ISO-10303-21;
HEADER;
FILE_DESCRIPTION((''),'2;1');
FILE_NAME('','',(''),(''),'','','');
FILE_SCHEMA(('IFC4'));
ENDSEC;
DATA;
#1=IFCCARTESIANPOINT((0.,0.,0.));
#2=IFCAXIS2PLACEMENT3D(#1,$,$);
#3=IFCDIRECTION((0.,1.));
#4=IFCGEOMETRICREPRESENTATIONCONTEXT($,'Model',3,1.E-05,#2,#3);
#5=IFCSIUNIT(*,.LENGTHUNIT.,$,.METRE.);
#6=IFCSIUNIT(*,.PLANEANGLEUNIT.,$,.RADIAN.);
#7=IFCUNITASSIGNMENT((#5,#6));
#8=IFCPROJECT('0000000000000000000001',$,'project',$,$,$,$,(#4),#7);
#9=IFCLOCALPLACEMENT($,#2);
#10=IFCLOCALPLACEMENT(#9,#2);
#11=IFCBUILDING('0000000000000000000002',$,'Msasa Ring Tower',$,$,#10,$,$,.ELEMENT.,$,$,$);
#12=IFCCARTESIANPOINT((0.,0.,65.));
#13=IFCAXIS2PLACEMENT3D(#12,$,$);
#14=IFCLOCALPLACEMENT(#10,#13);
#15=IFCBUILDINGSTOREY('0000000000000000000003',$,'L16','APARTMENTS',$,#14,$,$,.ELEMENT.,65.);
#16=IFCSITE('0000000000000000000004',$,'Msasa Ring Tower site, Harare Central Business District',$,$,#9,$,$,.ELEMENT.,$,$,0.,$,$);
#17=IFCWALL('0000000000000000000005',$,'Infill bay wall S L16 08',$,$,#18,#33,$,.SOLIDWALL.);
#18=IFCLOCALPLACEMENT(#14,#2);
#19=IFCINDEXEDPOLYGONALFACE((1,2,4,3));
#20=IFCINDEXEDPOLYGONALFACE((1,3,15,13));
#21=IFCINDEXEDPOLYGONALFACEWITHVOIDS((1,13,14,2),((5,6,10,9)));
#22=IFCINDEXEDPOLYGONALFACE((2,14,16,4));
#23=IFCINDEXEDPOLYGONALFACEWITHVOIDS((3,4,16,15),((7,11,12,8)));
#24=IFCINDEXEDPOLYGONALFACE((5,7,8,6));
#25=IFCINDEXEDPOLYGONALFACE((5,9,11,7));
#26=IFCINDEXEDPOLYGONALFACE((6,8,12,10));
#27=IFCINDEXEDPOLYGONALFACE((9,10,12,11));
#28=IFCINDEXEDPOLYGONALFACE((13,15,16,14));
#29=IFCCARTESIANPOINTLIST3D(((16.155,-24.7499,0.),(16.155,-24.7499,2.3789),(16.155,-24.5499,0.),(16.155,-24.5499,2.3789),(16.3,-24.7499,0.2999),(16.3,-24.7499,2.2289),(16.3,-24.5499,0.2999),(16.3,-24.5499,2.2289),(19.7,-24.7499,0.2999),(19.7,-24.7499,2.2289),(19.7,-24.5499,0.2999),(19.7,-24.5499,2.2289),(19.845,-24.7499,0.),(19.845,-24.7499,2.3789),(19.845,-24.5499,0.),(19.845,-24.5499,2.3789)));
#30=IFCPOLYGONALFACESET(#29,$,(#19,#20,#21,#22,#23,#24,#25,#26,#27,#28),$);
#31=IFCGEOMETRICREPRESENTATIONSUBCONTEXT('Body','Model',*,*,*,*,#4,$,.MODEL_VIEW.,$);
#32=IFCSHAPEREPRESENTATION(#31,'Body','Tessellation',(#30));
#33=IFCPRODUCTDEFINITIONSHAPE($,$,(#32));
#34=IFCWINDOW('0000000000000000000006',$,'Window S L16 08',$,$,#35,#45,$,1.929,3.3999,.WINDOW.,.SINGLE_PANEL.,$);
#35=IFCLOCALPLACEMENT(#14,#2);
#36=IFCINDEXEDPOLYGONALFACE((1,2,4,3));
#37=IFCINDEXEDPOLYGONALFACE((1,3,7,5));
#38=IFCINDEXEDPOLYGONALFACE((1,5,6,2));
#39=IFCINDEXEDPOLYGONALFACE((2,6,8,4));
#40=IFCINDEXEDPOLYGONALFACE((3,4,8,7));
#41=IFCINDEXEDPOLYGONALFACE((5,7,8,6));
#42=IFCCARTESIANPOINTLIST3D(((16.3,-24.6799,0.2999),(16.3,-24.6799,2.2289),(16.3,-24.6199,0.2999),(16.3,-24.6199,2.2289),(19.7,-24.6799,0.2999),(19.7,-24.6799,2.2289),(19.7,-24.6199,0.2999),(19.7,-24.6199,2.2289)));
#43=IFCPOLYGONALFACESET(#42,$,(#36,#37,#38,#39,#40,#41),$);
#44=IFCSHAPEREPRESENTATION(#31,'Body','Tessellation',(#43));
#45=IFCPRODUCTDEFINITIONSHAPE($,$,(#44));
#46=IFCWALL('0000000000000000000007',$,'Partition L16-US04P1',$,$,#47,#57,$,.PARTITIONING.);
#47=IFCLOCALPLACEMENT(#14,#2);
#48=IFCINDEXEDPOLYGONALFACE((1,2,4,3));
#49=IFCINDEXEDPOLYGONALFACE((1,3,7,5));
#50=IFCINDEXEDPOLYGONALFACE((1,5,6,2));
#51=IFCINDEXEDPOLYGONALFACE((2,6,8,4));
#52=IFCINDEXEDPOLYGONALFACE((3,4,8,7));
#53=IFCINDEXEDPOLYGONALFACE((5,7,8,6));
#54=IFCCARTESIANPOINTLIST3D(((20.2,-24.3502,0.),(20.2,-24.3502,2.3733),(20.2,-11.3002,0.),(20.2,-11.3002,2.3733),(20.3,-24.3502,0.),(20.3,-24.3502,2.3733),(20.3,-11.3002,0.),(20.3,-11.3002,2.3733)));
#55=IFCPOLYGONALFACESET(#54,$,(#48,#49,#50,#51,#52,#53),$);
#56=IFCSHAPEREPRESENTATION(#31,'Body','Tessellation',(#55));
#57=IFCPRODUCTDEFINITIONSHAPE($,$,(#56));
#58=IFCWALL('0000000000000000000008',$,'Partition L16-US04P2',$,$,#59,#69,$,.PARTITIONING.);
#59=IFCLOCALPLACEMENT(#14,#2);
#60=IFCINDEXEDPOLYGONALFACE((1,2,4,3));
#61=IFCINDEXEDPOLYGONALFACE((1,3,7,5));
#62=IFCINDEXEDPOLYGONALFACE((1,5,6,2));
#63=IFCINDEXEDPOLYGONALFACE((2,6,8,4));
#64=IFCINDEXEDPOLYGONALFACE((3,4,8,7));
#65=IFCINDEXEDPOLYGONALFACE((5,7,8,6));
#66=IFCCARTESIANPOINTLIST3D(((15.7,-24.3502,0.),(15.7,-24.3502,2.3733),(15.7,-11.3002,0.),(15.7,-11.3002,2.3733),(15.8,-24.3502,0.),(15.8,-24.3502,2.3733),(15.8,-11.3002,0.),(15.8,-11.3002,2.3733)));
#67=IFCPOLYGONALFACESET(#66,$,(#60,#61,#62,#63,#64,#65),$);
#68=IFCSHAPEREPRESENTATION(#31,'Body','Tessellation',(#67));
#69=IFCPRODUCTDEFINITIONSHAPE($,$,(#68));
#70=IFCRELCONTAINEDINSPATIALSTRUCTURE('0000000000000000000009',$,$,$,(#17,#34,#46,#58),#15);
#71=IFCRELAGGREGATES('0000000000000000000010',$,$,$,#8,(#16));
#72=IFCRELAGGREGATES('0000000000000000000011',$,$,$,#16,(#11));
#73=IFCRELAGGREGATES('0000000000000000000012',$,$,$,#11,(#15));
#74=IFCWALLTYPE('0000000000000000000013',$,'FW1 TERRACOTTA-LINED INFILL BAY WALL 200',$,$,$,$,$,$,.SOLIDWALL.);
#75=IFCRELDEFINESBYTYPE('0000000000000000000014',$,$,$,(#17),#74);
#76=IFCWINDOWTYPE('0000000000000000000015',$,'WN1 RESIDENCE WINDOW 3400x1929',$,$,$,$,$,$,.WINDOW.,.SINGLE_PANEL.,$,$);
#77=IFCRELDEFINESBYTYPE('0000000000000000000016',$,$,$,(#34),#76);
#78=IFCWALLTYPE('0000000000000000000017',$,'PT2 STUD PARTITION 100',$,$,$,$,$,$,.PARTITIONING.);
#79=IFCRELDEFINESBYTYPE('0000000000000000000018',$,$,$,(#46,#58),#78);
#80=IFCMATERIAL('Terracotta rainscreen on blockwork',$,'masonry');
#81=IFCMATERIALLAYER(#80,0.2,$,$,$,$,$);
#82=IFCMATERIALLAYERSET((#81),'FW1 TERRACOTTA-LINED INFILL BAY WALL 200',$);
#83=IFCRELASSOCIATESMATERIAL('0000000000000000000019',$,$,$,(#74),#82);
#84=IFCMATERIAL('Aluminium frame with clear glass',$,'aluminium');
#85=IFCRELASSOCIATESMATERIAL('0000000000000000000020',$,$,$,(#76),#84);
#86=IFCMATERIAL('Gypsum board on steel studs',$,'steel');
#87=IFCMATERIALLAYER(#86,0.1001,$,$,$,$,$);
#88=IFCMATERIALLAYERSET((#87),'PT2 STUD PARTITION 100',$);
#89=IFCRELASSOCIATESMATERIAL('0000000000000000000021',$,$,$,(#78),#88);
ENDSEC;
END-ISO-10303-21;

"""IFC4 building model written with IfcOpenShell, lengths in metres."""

from ifc_helpers import new_model, si_unit, direction, frame, frame_2d, origin, place, context, subcontext, project, spatial, rectangle, extrude, material, layer, layer_set, type_object, element, fill, save


model = new_model("IFC4")

# Units and contexts
model_context = context("Model", 3, precision=1e-05, world=origin(), true_north=direction((0.0, 1.0)))
body_context = subcontext(model_context, "Body", "Model", "MODEL_VIEW")
ifc_project = project(units=[si_unit("LENGTHUNIT", "METRE"), si_unit("PLANEANGLEUNIT", "RADIAN")], contexts=[model_context])

# Site, building, storey
site_placement = place(None, origin())
site = spatial("IfcSite", under=ifc_project, at=site_placement, Name="Msasa Ring Tower site, Harare Central Business District", CompositionType="ELEMENT", RefElevation=0.0)
building_placement = place(site_placement, origin())
building = spatial("IfcBuilding", under=site, at=building_placement, Name="Msasa Ring Tower", CompositionType="ELEMENT")
storey_placement = place(building_placement, frame((0.0, 0.0, 65.0)))
storey = spatial("IfcBuildingStorey", under=building, at=storey_placement, Name="L16", Description="APARTMENTS", CompositionType="ELEMENT", Elevation=65.0)

# Wall, opening, window
ifc_material_1 = material(Name="Terracotta rainscreen on blockwork", Category="masonry")
ifc_layer_1 = layer(ifc_material_1, 0.2)
ifc_layer_set_1 = layer_set([ifc_layer_1], Name="FW1 TERRACOTTA-LINED INFILL BAY WALL 200")
wall_type_1 = type_object("IfcWallType", Name="FW1 TERRACOTTA-LINED INFILL BAY WALL 200", PredefinedType="SOLIDWALL", material=ifc_layer_set_1)
wall_placement = place(storey_placement, frame((16.155, -24.6499, 0.0), z_axis=(0.0, 0.0, 1.0), x_axis=(1.0, 0.0, 0.0)))
wall = element("IfcWall", 1, at=wall_placement, inside=storey, type_object=wall_type_1, Name="Infill bay wall S L16 08", PredefinedType="SOLIDWALL", context=body_context, shape_type="SweptSolid", body=[
    extrude(rectangle(XDim=3.6899, YDim=0.2, at=frame_2d((1.845, 0.0))), origin(), (0.0, 0.0, 1.0), 2.3789),
])
opening_placement = place(wall_placement, frame((0.145, 0.0, 0.3)))
opening = element("IfcOpeningElement", 2, at=opening_placement, cuts=wall, PredefinedType="OPENING", context=body_context, shape_type="SweptSolid", body=[
    extrude(rectangle(XDim=3.3999, YDim=1.929, at=frame_2d((1.7, 0.9644))), frame((0.0, 0.1099, 0.0), z_axis=(0.0, -1.0, 0.0), x_axis=(1.0, 0.0, 0.0)), (0.0, 0.0, 1.0), 0.22),
])
ifc_material_2 = material(Name="Aluminium frame with clear glass", Category="aluminium")
window_type = type_object("IfcWindowType", Name="WN1 RESIDENCE WINDOW 3400x1929", PartitioningType="SINGLE_PANEL", PredefinedType="WINDOW", material=ifc_material_2)
window_placement = place(opening_placement, origin())
window = element("IfcWindow", 3, at=window_placement, inside=storey, type_object=window_type, Name="Window S L16 08", OverallHeight=1.929, OverallWidth=3.3999, PartitioningType="SINGLE_PANEL", PredefinedType="WINDOW", context=body_context, shape_type="SweptSolid", body=[
    extrude(rectangle(XDim=3.3999, YDim=1.929, at=frame_2d((1.7, 0.9644))), frame((0.0, 0.03, 0.0), z_axis=(0.0, -1.0, 0.0), x_axis=(1.0, 0.0, 0.0)), (0.0, 0.0, 1.0), 0.0601),
])
fill(opening, window)

# Walls
ifc_material_3 = material(Name="Gypsum board on steel studs", Category="steel")
ifc_layer_2 = layer(ifc_material_3, 0.1001)
ifc_layer_set_2 = layer_set([ifc_layer_2], Name="PT2 STUD PARTITION 100")
wall_type_2 = type_object("IfcWallType", Name="PT2 STUD PARTITION 100", PredefinedType="PARTITIONING", material=ifc_layer_set_2)
for number, where, z_axis, x_axis, name in (
    (4, (20.25, -24.3501, 0.0), (0.0, 0.0, 1.0), (0.0, 1.0, 0.0), "Partition L16-US04P1"),
    (5, (15.75, -24.3501, 0.0), (0.0, 0.0, 1.0), (0.0, 1.0, 0.0), "Partition L16-US04P2"),
):
    element("IfcWall", number, at=place(storey_placement, frame(where, z_axis=z_axis, x_axis=x_axis)), inside=storey, type_object=wall_type_2, Name=name, PredefinedType="PARTITIONING", context=body_context, shape_type="SweptSolid", body=[
        extrude(rectangle(XDim=13.05, YDim=0.1001, at=frame_2d((6.5249, 0.0))), origin(), (0.0, 0.0, 1.0), 2.3733),
    ])

save(model, "model.ifc")
